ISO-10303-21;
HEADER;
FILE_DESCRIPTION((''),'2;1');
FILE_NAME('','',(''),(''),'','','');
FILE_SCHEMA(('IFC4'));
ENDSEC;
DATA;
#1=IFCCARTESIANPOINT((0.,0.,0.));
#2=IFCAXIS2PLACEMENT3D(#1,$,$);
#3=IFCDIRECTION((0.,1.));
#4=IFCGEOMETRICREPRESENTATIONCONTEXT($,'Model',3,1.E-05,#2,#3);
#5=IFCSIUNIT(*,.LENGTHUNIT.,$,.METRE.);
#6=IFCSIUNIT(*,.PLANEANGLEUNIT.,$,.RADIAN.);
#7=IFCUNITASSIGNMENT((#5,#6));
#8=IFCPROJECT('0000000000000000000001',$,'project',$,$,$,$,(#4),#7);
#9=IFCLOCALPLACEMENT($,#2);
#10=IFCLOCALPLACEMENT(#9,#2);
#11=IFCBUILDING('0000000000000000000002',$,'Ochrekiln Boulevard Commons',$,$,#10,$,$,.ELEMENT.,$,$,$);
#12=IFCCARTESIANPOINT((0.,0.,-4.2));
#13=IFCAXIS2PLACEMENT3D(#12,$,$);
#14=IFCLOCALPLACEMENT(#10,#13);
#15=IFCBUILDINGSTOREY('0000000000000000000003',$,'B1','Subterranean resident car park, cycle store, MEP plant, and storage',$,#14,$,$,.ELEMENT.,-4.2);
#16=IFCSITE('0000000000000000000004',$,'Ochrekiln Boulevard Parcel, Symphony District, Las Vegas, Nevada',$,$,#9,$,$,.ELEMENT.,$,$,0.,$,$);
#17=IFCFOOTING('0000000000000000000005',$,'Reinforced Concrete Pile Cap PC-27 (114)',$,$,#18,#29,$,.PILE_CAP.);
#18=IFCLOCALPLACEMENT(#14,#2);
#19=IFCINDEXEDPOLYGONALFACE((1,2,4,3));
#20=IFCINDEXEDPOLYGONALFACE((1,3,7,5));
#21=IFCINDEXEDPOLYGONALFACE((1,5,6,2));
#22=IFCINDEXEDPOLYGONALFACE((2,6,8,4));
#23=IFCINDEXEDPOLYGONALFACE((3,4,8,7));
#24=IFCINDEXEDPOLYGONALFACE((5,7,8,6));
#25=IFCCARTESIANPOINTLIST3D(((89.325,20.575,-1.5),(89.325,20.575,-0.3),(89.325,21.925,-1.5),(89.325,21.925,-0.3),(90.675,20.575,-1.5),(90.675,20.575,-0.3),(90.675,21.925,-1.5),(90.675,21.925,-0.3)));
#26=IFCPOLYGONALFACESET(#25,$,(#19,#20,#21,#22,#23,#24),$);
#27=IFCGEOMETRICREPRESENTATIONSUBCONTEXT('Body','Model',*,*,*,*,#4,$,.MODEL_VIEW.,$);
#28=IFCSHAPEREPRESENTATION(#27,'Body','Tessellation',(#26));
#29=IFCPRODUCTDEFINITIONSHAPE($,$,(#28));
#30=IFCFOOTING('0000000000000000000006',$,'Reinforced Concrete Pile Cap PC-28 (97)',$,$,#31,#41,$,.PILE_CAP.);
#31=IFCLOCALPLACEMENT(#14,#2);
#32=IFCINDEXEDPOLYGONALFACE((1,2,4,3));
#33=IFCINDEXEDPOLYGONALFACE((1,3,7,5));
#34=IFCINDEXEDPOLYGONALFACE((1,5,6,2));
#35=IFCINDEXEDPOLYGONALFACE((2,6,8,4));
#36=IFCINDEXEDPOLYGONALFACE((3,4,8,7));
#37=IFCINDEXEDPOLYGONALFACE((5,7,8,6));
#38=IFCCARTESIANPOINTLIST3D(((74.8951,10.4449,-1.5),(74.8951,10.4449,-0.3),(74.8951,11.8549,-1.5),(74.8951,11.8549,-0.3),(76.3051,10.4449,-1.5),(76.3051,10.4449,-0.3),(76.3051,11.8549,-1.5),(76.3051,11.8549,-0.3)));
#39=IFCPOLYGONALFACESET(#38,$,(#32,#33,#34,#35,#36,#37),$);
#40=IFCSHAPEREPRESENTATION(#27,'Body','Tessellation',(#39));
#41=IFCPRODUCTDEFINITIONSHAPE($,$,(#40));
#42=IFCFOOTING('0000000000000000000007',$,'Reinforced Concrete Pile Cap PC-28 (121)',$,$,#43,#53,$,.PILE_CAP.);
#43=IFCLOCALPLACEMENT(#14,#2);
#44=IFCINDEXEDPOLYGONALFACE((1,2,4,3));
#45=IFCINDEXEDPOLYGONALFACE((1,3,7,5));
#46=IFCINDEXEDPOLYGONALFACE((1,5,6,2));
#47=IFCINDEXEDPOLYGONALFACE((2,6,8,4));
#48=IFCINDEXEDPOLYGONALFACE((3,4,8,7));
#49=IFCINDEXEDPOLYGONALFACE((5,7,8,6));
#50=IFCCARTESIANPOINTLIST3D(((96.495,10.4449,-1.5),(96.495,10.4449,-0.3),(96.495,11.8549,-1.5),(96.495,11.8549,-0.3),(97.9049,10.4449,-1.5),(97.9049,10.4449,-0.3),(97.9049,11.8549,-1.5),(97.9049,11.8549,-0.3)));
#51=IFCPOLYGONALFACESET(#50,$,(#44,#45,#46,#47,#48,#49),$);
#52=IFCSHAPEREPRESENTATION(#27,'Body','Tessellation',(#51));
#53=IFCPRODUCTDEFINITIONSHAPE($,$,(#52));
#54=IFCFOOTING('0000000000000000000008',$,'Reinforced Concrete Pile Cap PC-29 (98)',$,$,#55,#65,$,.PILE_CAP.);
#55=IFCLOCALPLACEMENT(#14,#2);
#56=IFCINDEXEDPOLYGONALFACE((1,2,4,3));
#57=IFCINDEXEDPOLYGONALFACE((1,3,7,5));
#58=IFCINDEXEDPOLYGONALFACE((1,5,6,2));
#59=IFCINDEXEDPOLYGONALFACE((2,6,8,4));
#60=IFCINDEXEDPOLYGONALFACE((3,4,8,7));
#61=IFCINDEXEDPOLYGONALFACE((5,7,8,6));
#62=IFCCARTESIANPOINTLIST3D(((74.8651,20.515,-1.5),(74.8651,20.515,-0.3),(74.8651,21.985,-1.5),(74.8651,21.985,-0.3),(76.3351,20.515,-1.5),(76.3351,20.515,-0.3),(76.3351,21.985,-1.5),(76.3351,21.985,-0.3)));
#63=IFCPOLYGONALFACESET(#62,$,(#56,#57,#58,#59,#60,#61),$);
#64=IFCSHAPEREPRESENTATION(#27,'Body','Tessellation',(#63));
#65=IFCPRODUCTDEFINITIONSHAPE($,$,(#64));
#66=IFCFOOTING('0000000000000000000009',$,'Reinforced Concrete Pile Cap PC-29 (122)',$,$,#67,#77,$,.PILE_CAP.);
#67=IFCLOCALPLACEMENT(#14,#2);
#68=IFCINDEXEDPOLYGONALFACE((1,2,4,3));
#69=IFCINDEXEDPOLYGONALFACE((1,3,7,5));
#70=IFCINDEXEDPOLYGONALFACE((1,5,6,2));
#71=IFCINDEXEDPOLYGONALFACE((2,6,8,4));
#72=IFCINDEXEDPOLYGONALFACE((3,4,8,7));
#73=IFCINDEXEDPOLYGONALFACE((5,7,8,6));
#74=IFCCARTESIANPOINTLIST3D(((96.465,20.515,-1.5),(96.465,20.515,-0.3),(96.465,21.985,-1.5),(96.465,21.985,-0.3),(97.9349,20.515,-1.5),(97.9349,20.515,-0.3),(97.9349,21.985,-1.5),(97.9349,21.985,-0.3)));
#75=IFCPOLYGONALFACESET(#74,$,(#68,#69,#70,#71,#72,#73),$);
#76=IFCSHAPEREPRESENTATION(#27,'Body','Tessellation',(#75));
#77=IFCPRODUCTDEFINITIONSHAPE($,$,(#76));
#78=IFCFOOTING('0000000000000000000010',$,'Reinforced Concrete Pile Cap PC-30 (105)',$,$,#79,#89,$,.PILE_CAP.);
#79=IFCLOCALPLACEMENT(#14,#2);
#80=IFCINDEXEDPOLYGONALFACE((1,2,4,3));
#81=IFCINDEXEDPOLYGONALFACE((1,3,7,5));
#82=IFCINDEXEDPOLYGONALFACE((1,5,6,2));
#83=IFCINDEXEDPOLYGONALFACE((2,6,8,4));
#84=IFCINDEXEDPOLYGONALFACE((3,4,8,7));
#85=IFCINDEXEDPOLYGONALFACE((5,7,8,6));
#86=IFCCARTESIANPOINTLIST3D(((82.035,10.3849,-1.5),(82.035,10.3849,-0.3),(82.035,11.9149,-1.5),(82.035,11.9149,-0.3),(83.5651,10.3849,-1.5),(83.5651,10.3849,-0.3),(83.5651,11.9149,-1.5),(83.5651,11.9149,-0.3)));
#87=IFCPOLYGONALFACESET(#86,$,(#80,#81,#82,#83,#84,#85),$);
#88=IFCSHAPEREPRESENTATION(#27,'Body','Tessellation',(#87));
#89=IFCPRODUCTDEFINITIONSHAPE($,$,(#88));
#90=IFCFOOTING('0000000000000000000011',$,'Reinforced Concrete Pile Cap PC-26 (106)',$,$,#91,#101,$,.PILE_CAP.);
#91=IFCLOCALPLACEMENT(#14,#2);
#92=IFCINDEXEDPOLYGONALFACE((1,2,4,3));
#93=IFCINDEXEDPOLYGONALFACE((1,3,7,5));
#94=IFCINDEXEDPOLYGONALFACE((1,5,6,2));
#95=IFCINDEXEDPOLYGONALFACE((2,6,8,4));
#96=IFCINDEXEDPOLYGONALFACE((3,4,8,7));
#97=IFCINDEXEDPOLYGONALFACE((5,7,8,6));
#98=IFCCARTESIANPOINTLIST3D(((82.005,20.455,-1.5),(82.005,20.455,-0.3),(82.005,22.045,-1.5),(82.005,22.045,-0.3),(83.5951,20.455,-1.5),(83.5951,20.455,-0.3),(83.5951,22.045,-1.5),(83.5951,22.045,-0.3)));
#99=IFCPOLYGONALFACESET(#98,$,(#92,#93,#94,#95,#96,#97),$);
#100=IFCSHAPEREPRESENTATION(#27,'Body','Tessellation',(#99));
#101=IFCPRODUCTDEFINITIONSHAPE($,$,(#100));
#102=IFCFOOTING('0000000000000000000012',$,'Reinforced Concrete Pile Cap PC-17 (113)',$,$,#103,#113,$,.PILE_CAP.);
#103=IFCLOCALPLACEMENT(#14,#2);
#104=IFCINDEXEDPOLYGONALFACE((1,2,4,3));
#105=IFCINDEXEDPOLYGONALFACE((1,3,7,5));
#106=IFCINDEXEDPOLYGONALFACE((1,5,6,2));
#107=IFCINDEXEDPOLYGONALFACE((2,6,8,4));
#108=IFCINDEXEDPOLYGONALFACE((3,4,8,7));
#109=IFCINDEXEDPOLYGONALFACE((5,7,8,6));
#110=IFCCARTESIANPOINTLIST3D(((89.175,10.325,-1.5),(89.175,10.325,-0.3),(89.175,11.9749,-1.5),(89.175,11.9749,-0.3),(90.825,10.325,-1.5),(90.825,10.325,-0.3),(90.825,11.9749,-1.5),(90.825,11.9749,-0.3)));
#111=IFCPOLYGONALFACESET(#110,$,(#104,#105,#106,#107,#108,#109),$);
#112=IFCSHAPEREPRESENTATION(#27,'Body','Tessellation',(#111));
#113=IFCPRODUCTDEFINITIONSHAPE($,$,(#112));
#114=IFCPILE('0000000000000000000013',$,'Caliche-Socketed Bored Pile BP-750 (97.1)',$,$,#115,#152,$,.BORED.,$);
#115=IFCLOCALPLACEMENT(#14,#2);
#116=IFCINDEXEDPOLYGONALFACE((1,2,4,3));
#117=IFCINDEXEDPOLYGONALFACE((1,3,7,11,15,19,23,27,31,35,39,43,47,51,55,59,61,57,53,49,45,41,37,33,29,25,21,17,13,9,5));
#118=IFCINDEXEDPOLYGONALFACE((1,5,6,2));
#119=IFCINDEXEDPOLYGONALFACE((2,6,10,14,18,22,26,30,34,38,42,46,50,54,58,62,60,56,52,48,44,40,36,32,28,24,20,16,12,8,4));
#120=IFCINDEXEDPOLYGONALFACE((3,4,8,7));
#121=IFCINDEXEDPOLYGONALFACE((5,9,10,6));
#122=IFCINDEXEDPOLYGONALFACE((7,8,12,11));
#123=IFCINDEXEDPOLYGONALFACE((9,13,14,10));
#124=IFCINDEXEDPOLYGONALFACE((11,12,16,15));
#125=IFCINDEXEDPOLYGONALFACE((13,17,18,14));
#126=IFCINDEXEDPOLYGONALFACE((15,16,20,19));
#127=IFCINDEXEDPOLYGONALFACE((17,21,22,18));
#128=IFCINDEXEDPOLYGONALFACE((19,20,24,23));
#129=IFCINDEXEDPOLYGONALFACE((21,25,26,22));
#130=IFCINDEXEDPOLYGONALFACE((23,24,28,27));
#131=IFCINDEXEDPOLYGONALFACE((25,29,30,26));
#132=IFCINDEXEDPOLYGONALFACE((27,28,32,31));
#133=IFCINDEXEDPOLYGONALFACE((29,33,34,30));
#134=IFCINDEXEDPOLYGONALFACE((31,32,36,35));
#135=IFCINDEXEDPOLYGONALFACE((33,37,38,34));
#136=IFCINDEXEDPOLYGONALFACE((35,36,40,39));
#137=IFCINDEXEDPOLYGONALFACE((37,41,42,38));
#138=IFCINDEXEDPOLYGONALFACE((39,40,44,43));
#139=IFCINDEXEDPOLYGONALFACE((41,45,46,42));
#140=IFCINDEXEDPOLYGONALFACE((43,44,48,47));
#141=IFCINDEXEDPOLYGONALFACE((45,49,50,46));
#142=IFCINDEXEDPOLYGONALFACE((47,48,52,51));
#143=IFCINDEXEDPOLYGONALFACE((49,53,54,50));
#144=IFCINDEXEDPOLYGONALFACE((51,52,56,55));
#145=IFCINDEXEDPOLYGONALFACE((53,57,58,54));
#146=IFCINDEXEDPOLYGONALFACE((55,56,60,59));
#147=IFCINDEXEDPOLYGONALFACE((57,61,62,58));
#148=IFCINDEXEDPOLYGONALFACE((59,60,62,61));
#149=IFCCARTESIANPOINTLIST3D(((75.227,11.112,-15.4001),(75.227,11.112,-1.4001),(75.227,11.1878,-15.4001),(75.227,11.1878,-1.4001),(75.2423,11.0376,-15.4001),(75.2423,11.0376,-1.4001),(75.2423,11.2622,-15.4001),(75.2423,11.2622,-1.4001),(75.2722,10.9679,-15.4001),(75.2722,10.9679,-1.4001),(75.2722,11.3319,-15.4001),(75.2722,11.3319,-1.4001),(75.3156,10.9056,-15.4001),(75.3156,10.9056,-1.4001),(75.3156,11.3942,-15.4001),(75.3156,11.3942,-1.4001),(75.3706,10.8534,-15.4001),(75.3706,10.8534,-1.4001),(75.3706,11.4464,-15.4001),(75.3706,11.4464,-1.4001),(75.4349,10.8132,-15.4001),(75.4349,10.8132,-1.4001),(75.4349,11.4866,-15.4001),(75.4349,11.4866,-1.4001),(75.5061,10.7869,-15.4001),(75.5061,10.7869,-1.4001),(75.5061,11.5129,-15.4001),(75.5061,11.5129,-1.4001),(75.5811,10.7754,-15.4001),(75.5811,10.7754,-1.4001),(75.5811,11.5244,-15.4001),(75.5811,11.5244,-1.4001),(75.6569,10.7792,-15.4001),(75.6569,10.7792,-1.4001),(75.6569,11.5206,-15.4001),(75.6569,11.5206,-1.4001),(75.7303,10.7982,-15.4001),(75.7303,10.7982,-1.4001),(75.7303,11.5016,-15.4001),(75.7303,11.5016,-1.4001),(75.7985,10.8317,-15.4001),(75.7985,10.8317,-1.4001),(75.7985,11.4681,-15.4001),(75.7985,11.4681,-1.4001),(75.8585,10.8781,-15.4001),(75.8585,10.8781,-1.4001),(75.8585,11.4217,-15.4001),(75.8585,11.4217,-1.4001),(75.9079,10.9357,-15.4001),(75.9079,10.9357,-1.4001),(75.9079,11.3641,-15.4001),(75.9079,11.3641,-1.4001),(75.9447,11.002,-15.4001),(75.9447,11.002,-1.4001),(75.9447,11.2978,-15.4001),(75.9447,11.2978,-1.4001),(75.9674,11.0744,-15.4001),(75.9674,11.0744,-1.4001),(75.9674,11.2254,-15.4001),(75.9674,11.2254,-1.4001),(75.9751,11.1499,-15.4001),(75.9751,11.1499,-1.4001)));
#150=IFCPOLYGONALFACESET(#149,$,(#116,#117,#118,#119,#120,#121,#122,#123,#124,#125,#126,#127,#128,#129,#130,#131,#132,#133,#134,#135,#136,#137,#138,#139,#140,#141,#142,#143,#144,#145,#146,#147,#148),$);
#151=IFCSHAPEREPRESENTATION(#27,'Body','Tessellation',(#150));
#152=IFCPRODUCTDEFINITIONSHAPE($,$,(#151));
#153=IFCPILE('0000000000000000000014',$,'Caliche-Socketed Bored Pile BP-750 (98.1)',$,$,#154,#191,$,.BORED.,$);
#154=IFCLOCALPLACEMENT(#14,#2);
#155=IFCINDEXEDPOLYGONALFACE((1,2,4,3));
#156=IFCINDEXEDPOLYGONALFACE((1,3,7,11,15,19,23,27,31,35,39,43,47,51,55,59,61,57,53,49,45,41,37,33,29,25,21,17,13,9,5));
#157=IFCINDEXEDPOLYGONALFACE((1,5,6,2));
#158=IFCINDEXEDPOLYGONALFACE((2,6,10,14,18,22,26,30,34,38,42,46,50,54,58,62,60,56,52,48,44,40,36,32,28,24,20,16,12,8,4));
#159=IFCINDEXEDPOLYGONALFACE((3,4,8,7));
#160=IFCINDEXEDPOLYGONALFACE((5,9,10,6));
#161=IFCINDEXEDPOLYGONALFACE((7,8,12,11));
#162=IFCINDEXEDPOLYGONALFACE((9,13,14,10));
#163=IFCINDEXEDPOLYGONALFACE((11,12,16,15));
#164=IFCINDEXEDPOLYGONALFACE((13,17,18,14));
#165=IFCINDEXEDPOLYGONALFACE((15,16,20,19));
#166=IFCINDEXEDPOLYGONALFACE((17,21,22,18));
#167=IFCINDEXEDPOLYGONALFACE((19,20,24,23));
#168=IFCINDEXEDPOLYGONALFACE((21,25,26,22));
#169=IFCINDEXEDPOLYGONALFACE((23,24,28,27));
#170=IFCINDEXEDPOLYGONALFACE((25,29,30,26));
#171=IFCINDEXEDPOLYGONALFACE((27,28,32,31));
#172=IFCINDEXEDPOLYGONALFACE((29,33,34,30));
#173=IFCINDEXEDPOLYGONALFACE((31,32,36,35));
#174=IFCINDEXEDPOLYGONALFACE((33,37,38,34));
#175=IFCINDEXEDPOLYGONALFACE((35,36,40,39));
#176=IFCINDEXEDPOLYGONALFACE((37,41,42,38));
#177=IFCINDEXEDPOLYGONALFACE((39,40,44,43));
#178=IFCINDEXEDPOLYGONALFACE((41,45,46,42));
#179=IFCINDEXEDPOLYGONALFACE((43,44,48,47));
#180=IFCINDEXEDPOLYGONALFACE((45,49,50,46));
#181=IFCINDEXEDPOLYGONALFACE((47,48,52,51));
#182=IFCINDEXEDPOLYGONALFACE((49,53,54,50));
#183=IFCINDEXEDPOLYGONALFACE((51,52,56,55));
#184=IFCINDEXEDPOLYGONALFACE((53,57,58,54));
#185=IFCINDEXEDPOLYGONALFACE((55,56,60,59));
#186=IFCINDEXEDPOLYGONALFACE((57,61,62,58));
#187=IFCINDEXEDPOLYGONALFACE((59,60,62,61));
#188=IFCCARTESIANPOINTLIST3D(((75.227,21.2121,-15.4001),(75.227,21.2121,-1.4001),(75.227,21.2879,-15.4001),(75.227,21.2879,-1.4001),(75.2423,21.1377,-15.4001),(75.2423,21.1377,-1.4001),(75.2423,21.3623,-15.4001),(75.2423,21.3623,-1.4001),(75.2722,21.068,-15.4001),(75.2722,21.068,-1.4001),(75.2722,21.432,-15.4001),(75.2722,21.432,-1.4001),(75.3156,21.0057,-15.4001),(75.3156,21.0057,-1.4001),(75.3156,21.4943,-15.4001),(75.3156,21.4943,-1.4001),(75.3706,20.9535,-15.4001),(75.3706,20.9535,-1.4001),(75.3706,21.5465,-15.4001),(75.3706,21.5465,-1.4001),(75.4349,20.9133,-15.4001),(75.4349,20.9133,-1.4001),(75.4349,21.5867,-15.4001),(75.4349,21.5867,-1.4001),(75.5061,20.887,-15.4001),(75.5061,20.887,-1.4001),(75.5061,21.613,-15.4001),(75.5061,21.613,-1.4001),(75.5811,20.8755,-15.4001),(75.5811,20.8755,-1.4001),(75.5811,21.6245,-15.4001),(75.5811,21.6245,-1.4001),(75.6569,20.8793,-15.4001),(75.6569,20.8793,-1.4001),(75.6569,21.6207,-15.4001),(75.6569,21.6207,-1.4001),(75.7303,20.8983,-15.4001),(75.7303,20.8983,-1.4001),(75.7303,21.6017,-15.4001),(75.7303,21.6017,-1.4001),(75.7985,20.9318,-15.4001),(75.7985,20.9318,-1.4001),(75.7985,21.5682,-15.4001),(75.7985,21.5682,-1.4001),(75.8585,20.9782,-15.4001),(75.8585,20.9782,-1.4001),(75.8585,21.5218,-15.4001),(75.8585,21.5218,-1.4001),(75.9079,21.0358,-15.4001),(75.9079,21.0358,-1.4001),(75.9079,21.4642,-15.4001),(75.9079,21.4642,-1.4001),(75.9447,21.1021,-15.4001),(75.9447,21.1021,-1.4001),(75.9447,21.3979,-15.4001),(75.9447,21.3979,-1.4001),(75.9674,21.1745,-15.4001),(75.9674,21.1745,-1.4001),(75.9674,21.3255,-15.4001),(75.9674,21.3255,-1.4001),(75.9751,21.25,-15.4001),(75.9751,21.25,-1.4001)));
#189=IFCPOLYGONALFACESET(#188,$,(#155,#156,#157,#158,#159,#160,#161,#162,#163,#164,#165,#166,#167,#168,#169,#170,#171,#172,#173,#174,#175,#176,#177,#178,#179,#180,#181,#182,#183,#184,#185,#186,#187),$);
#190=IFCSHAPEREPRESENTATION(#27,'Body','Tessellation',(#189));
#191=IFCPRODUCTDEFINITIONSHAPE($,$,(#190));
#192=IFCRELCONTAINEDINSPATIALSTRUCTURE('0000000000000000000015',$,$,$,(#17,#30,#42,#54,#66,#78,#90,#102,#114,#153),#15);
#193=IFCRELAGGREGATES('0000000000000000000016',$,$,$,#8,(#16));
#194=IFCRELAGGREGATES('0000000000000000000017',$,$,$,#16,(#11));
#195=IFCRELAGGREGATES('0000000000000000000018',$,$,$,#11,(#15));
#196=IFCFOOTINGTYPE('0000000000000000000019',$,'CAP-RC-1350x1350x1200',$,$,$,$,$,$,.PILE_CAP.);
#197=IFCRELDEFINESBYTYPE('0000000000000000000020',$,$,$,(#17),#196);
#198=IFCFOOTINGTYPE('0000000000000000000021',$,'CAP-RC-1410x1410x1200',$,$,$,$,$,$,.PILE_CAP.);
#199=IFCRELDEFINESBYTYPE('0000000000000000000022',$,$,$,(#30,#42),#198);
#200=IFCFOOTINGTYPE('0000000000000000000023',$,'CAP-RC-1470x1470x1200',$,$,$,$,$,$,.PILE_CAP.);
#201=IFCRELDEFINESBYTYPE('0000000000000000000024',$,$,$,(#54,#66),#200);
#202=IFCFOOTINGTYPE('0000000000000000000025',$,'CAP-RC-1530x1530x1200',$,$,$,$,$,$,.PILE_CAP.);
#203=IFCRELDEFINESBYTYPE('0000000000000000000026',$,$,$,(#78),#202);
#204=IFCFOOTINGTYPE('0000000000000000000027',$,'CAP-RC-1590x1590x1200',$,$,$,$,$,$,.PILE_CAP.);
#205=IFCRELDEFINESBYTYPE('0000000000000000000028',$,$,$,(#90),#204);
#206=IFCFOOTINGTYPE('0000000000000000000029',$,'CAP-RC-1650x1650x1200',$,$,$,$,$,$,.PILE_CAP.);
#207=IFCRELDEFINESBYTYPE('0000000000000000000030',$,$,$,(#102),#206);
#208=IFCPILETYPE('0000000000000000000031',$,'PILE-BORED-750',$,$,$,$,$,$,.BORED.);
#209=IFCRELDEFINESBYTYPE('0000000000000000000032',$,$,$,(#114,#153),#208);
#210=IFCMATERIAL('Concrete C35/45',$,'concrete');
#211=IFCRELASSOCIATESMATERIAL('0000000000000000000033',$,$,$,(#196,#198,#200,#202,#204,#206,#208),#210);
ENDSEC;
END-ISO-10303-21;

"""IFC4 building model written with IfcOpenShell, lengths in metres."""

from ifc_helpers import new_model, si_unit, direction, frame, origin, origin_2d, place, context, subcontext, project, spatial, rectangle, circle, extrude, material, material_profile, profile_set, type_object, element, save


model = new_model("IFC4")

# Units and contexts
model_context = context("Model", 3, precision=1e-05, world=origin(), true_north=direction((0.0, 1.0)))
body_context = subcontext(model_context, "Body", "Model", "MODEL_VIEW")
ifc_project = project(units=[si_unit("LENGTHUNIT", "METRE"), si_unit("PLANEANGLEUNIT", "RADIAN")], contexts=[model_context])

# Site, building, storey
site_placement = place(None, origin())
site = spatial("IfcSite", under=ifc_project, at=site_placement, Name="Ochrekiln Boulevard Parcel, Symphony District, Las Vegas, Nevada", CompositionType="ELEMENT", RefElevation=0.0)
building_placement = place(site_placement, origin())
building = spatial("IfcBuilding", under=site, at=building_placement, Name="Ochrekiln Boulevard Commons", CompositionType="ELEMENT")
storey_placement = place(building_placement, frame((0.0, 0.0, -4.2)))
storey = spatial("IfcBuildingStorey", under=building, at=storey_placement, Name="B1", Description="Subterranean resident car park, cycle store, MEP plant, and storage", CompositionType="ELEMENT", Elevation=-4.2)

# Footings
ifc_material_1 = material(Name="Concrete C35/45", Category="concrete")
footing_type_1 = type_object("IfcFootingType", Name="CAP-RC-1350x1350x1200", PredefinedType="PILE_CAP", material=ifc_material_1)
footing_1_placement = place(storey_placement, frame((90.0, 21.25, -1.5), z_axis=(0.0, 0.0, 1.0), x_axis=(1.0, 0.0, 0.0)))
element("IfcFooting", 1, at=footing_1_placement, inside=storey, type_object=footing_type_1, Name="Reinforced Concrete Pile Cap PC-27 (114)", PredefinedType="PILE_CAP", context=body_context, shape_type="SweptSolid", body=[
    extrude(rectangle(XDim=1.3501, YDim=1.3501, at=origin_2d()), origin(), (0.0, 0.0, 1.0), 1.2),
])
footing_type_2 = type_object("IfcFootingType", Name="CAP-RC-1410x1410x1200", PredefinedType="PILE_CAP", material=ifc_material_1)
for number, where, z_axis, x_axis, name in (
    (2, (75.6001, 11.1499, -1.5), (0.0, 0.0, 1.0), (1.0, 0.0, 0.0), "Reinforced Concrete Pile Cap PC-28 (97)"),
    (3, (97.2, 11.1499, -1.5), (0.0, 0.0, 1.0), (1.0, 0.0, 0.0), "Reinforced Concrete Pile Cap PC-28 (121)"),
):
    element("IfcFooting", number, at=place(storey_placement, frame(where, z_axis=z_axis, x_axis=x_axis)), inside=storey, type_object=footing_type_2, Name=name, PredefinedType="PILE_CAP", context=body_context, shape_type="SweptSolid", body=[
        extrude(rectangle(XDim=1.4099, YDim=1.4099, at=origin_2d()), origin(), (0.0, 0.0, 1.0), 1.2),
    ])
footing_type_3 = type_object("IfcFootingType", Name="CAP-RC-1470x1470x1200", PredefinedType="PILE_CAP", material=ifc_material_1)
for number, where, z_axis, x_axis, name in (
    (4, (75.6001, 21.25, -1.5), (0.0, 0.0, 1.0), (1.0, 0.0, 0.0), "Reinforced Concrete Pile Cap PC-29 (98)"),
    (5, (97.2, 21.25, -1.5), (0.0, 0.0, 1.0), (1.0, 0.0, 0.0), "Reinforced Concrete Pile Cap PC-29 (122)"),
):
    element("IfcFooting", number, at=place(storey_placement, frame(where, z_axis=z_axis, x_axis=x_axis)), inside=storey, type_object=footing_type_3, Name=name, PredefinedType="PILE_CAP", context=body_context, shape_type="SweptSolid", body=[
        extrude(rectangle(XDim=1.47, YDim=1.47, at=origin_2d()), origin(), (0.0, 0.0, 1.0), 1.2),
    ])
footing_type_4 = type_object("IfcFootingType", Name="CAP-RC-1530x1530x1200", PredefinedType="PILE_CAP", material=ifc_material_1)
footing_2_placement = place(storey_placement, frame((82.8, 11.1499, -1.5), z_axis=(0.0, 0.0, 1.0), x_axis=(1.0, 0.0, 0.0)))
element("IfcFooting", 6, at=footing_2_placement, inside=storey, type_object=footing_type_4, Name="Reinforced Concrete Pile Cap PC-30 (105)", PredefinedType="PILE_CAP", context=body_context, shape_type="SweptSolid", body=[
    extrude(rectangle(XDim=1.53, YDim=1.53, at=origin_2d()), origin(), (0.0, 0.0, 1.0), 1.2),
])
footing_type_5 = type_object("IfcFootingType", Name="CAP-RC-1590x1590x1200", PredefinedType="PILE_CAP", material=ifc_material_1)
footing_3_placement = place(storey_placement, frame((82.8, 21.25, -1.5), z_axis=(0.0, 0.0, 1.0), x_axis=(1.0, 0.0, 0.0)))
element("IfcFooting", 7, at=footing_3_placement, inside=storey, type_object=footing_type_5, Name="Reinforced Concrete Pile Cap PC-26 (106)", PredefinedType="PILE_CAP", context=body_context, shape_type="SweptSolid", body=[
    extrude(rectangle(XDim=1.5901, YDim=1.5901, at=origin_2d()), origin(), (0.0, 0.0, 1.0), 1.2),
])
footing_type_6 = type_object("IfcFootingType", Name="CAP-RC-1650x1650x1200", PredefinedType="PILE_CAP", material=ifc_material_1)
footing_4_placement = place(storey_placement, frame((90.0, 11.1499, -1.5), z_axis=(0.0, 0.0, 1.0), x_axis=(1.0, 0.0, 0.0)))
element("IfcFooting", 8, at=footing_4_placement, inside=storey, type_object=footing_type_6, Name="Reinforced Concrete Pile Cap PC-17 (113)", PredefinedType="PILE_CAP", context=body_context, shape_type="SweptSolid", body=[
    extrude(rectangle(XDim=1.6499, YDim=1.6499, at=origin_2d()), origin(), (0.0, 0.0, 1.0), 1.2),
])

# Piles
ifc_material_profile_1 = material_profile(ifc_material_1, circle(Radius=0.375, at=origin_2d()), Name="PILE-D750")
ifc_profile_set_1 = profile_set([ifc_material_profile_1], Name="Concrete C35/45")
pile_type = type_object("IfcPileType", Name="PILE-BORED-750", PredefinedType="BORED", material=ifc_profile_set_1)
for number, where, z_axis, x_axis, name in (
    (9, (75.6001, 11.1499, -1.4001), (0.0, 0.0, -1.0), (1.0, 0.0, 0.0), "Caliche-Socketed Bored Pile BP-750 (97.1)"),
    (10, (75.6001, 21.25, -1.4001), (0.0, 0.0, -1.0), (1.0, 0.0, 0.0), "Caliche-Socketed Bored Pile BP-750 (98.1)"),
):
    element("IfcPile", number, at=place(storey_placement, frame(where, z_axis=z_axis, x_axis=x_axis)), inside=storey, type_object=pile_type, Name=name, PredefinedType="BORED", context=body_context, shape_type="SweptSolid", body=[
        extrude(circle(Radius=0.375, at=origin_2d()), origin(), (0.0, 0.0, 1.0), 14.0),
    ])

save(model, "model.ifc")
